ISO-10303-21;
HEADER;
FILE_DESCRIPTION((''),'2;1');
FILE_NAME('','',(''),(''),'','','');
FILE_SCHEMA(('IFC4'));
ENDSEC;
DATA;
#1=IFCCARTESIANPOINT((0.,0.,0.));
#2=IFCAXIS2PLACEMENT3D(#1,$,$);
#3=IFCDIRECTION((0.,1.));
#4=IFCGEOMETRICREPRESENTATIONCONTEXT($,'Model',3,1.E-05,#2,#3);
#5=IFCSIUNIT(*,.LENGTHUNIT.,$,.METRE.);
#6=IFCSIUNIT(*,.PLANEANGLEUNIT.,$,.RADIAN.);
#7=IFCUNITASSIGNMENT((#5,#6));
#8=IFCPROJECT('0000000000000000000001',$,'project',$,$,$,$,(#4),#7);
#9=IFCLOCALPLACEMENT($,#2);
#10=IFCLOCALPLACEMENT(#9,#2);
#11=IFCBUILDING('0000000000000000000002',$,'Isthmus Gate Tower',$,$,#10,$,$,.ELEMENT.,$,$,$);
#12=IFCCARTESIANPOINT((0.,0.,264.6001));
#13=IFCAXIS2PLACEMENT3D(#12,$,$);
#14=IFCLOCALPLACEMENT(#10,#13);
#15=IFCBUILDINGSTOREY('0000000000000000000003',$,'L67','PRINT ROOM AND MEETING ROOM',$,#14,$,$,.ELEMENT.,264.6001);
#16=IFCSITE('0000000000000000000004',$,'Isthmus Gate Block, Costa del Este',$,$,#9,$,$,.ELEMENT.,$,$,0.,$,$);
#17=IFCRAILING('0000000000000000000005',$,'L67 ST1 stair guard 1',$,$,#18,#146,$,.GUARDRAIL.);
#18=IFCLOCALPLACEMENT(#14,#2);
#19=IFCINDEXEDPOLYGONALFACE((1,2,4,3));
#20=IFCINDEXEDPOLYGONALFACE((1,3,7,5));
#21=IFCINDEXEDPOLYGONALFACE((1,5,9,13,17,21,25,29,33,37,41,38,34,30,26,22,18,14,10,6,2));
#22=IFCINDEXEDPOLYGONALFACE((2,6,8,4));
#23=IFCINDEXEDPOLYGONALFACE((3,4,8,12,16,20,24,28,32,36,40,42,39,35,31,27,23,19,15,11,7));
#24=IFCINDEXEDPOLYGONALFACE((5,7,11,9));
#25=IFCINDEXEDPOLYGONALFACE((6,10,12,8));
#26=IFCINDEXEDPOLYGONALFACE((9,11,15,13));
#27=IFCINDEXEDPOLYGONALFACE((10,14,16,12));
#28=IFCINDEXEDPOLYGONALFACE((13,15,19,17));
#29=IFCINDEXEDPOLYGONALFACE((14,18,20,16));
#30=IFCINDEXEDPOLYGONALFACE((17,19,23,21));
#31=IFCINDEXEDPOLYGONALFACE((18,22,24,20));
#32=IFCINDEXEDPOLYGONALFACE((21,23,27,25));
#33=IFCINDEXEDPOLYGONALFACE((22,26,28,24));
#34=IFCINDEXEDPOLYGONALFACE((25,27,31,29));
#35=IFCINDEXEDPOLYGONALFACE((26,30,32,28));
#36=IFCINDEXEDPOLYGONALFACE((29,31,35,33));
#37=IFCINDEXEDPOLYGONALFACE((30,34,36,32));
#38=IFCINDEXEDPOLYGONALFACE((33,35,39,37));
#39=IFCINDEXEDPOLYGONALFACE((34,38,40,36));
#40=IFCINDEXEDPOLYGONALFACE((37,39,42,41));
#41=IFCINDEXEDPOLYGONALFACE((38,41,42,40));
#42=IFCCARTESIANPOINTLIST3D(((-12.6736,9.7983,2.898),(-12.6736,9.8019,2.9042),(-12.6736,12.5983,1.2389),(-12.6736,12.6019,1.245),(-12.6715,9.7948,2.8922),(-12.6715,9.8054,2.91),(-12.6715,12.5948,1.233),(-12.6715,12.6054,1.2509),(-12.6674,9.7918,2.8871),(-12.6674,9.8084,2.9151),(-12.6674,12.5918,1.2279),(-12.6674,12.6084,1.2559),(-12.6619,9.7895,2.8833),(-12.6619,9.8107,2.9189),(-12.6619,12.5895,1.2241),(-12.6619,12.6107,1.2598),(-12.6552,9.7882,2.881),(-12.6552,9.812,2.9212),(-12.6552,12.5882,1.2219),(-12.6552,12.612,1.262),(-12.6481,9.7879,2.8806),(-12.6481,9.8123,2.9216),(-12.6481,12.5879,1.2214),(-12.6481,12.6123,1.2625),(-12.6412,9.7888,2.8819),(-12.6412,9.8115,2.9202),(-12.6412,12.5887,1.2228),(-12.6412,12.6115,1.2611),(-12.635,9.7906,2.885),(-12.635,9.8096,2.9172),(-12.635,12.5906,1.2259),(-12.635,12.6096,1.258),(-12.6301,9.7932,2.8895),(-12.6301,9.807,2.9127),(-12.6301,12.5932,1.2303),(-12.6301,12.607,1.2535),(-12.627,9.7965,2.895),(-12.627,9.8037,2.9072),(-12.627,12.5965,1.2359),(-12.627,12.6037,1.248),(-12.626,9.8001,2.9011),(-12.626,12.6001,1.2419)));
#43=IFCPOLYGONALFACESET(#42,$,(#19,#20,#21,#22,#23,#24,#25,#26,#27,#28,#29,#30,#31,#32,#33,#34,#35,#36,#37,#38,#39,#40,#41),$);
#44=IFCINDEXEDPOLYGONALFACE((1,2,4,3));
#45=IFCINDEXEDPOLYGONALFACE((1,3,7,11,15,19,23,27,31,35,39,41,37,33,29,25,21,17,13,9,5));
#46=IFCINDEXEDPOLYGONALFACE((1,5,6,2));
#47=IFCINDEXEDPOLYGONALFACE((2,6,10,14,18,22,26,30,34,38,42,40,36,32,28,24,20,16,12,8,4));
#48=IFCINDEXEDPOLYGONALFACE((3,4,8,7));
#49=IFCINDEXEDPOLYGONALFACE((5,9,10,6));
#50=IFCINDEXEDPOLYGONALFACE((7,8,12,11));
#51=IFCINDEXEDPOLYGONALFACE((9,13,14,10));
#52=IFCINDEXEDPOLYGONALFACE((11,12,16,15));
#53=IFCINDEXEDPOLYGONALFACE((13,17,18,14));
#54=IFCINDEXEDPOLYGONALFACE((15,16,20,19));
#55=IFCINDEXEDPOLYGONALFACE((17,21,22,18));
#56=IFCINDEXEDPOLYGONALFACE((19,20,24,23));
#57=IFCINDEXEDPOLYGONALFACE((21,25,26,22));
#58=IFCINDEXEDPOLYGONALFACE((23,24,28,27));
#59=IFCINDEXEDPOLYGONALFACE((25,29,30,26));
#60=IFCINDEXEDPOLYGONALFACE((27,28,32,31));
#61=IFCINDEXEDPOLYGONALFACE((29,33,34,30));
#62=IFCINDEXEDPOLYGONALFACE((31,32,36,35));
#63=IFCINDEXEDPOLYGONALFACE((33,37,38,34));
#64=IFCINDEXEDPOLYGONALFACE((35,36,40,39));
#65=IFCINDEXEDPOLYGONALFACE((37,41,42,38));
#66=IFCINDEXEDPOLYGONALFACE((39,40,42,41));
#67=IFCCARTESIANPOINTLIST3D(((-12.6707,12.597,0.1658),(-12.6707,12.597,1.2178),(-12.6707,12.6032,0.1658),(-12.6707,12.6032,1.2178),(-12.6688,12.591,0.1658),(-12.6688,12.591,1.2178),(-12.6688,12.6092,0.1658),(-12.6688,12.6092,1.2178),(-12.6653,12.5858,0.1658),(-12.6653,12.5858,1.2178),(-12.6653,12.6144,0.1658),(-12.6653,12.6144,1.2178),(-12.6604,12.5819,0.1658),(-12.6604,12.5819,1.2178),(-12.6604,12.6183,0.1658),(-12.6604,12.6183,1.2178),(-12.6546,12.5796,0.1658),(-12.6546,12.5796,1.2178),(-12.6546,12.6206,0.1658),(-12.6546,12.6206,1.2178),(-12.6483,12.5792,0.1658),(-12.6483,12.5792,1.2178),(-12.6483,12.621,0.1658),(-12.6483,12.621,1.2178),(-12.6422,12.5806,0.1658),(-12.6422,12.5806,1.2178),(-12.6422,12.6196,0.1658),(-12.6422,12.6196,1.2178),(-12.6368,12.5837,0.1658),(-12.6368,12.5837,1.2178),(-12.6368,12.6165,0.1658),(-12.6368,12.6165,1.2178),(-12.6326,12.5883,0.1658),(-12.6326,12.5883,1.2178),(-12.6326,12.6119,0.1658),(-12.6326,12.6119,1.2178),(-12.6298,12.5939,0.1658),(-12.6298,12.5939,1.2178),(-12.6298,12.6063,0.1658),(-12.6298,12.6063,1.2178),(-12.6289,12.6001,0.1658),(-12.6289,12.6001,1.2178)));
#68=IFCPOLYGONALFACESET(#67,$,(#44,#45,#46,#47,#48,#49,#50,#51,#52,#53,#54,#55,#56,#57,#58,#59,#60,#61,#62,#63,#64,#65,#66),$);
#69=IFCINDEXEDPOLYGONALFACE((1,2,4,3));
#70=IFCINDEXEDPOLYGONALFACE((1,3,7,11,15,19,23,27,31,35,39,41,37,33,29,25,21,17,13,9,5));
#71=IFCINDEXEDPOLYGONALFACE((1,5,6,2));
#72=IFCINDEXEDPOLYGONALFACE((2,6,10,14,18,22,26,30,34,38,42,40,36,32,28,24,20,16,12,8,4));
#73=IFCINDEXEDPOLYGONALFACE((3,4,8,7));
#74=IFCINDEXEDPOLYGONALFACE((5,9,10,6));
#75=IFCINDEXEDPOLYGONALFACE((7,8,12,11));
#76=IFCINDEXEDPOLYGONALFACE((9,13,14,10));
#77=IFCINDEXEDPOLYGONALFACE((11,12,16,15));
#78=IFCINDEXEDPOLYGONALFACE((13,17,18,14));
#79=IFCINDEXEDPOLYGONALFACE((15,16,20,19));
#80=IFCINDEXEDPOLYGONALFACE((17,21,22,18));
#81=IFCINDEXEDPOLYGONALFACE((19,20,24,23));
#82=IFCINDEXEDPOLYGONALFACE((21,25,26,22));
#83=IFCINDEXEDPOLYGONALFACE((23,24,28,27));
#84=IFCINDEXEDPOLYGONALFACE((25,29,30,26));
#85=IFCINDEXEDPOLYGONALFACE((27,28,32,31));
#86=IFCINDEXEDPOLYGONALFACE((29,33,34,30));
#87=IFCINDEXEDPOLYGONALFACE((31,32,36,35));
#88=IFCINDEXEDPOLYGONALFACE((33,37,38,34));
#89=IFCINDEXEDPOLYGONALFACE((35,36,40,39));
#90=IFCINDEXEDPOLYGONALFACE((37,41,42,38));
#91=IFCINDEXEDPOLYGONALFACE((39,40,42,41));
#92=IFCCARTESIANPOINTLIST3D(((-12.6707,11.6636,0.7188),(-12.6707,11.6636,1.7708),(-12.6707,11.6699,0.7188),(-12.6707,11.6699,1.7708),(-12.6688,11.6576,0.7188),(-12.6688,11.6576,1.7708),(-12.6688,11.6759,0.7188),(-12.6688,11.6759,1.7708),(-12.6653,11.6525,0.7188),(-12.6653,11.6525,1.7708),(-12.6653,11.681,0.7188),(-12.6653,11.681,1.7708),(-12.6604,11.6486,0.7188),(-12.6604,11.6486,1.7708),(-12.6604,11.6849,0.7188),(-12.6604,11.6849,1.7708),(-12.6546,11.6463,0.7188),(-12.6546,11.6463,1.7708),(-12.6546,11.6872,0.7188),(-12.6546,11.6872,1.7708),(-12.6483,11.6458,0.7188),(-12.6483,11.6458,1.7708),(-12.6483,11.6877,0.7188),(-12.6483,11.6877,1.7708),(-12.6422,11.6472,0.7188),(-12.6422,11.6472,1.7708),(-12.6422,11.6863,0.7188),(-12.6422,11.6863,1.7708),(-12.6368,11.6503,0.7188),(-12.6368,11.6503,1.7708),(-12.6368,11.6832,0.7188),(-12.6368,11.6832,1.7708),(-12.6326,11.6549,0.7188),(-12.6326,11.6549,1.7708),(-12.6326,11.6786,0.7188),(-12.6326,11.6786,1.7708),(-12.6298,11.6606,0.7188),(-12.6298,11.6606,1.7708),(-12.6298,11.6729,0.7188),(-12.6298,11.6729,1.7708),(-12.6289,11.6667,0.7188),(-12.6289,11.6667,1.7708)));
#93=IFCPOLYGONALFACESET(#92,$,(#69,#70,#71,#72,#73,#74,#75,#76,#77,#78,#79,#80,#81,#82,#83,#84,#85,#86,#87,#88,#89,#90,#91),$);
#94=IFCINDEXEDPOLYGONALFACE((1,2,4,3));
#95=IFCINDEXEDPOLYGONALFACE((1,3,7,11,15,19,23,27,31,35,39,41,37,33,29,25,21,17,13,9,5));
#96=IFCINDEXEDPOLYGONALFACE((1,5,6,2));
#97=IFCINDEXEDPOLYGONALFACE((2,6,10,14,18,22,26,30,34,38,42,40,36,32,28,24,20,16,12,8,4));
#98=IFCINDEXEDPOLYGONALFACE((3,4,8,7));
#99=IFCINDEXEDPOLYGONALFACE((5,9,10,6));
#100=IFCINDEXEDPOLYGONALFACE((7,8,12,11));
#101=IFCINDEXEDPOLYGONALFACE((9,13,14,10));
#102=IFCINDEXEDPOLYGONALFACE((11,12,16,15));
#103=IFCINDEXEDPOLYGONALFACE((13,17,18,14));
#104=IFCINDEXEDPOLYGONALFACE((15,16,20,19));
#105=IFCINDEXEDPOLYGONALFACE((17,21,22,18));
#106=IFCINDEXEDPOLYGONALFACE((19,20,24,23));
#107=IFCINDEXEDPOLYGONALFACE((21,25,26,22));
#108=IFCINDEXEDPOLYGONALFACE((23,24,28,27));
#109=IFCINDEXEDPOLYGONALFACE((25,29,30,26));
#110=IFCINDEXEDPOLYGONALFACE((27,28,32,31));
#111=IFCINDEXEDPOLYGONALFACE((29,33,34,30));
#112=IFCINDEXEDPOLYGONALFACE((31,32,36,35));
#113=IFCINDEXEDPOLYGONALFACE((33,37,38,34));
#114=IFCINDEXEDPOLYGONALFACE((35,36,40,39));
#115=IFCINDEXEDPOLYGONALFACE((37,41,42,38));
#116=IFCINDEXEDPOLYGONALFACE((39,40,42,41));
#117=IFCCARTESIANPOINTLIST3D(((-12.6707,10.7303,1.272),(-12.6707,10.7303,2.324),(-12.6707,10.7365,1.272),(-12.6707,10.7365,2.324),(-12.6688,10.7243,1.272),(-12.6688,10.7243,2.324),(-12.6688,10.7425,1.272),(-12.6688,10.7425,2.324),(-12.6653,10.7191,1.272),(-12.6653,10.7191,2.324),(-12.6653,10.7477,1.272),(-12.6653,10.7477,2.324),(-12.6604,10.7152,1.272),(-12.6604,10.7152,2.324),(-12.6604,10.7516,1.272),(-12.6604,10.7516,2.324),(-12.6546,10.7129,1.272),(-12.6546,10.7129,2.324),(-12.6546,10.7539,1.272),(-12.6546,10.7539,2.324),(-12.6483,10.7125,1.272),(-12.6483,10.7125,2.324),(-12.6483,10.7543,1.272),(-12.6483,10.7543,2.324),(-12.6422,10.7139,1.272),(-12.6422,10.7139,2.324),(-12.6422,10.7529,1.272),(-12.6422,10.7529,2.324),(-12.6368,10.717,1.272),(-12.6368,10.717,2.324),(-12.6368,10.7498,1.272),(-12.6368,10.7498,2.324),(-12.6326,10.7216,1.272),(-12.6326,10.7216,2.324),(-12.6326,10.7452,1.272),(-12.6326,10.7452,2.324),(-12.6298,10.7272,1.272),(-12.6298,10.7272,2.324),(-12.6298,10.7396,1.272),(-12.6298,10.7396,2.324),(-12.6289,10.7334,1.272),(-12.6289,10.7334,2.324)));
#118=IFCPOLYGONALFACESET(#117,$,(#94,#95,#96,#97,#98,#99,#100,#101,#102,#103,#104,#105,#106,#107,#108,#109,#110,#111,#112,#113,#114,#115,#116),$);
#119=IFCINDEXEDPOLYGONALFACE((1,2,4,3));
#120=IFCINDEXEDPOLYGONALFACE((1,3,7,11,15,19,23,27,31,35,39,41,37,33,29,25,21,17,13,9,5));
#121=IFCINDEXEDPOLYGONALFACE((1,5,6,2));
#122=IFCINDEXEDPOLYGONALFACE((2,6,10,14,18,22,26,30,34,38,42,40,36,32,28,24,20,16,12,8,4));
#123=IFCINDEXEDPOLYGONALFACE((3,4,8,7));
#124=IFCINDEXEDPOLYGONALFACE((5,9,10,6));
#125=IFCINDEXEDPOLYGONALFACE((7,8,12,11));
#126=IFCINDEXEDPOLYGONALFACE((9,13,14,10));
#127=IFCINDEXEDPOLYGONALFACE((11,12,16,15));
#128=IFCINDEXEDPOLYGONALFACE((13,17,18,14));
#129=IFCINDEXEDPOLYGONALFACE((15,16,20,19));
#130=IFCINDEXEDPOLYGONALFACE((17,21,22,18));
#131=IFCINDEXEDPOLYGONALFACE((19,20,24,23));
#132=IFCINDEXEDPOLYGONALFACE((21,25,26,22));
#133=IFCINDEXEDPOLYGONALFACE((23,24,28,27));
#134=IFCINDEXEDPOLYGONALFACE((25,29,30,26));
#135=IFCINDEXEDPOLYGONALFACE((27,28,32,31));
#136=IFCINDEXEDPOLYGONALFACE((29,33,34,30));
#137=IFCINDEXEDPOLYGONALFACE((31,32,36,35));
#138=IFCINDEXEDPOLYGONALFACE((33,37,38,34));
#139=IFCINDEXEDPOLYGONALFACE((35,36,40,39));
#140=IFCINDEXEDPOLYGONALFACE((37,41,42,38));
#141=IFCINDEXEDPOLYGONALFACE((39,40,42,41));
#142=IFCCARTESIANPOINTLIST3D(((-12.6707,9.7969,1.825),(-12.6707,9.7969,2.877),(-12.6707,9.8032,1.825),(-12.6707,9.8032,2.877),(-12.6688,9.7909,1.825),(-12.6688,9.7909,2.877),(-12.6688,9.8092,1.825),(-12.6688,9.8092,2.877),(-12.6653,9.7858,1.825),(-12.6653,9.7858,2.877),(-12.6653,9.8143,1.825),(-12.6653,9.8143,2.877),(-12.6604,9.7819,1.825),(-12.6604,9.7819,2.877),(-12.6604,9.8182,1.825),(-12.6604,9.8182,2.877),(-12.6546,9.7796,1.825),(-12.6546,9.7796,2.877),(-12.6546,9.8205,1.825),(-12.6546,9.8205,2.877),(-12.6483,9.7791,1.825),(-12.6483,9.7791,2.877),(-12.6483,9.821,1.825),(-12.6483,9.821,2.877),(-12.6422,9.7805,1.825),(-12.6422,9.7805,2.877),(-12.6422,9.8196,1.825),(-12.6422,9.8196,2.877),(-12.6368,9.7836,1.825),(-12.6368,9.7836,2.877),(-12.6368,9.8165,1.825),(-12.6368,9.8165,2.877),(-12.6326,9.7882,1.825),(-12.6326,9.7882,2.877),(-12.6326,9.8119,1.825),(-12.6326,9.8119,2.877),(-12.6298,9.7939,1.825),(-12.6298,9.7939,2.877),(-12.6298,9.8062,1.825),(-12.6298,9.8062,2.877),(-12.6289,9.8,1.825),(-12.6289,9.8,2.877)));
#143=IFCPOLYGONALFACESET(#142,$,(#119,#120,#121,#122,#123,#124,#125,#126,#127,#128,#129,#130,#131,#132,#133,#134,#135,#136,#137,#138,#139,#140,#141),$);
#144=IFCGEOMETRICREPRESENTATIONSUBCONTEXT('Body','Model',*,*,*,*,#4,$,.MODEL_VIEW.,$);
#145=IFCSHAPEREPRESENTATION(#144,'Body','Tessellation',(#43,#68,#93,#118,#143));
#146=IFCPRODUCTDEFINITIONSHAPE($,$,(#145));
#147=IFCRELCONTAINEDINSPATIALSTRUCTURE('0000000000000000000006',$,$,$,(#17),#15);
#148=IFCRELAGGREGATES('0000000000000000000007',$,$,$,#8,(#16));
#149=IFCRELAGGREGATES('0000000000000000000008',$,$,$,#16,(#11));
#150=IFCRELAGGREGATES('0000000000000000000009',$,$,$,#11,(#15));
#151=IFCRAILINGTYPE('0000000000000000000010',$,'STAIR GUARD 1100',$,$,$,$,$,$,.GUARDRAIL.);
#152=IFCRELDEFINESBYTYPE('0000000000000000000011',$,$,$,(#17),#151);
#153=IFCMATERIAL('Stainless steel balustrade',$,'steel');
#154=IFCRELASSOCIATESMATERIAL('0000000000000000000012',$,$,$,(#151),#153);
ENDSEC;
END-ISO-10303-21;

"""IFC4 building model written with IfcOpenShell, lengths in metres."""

from ifc_helpers import new_model, si_unit, direction, frame, origin, origin_2d, place, context, subcontext, project, spatial, circle, extrude, material, type_object, element, save


model = new_model("IFC4")

# Units and contexts
model_context = context("Model", 3, precision=1e-05, world=origin(), true_north=direction((0.0, 1.0)))
body_context = subcontext(model_context, "Body", "Model", "MODEL_VIEW")
ifc_project = project(units=[si_unit("LENGTHUNIT", "METRE"), si_unit("PLANEANGLEUNIT", "RADIAN")], contexts=[model_context])

# Site, building, storey
site_placement = place(None, origin())
site = spatial("IfcSite", under=ifc_project, at=site_placement, Name="Isthmus Gate Block, Costa del Este", CompositionType="ELEMENT", RefElevation=0.0)
building_placement = place(site_placement, origin())
building = spatial("IfcBuilding", under=site, at=building_placement, Name="Isthmus Gate Tower", CompositionType="ELEMENT")
storey_placement = place(building_placement, frame((0.0, 0.0, 264.6001)))
storey = spatial("IfcBuildingStorey", under=building, at=storey_placement, Name="L67", Description="PRINT ROOM AND MEETING ROOM", CompositionType="ELEMENT", Elevation=264.6001)

# Railing
ifc_material_1 = material(Name="Stainless steel balustrade", Category="steel")
railing_type_1 = type_object("IfcRailingType", Name="STAIR GUARD 1100", PredefinedType="GUARDRAIL", material=ifc_material_1)
railing_1_placement = place(storey_placement, frame((-12.6499, 12.6001, 0.1658)))
element("IfcRailing", 1, at=railing_1_placement, inside=storey, type_object=railing_type_1, Name="L67 ST1 stair guard 1", PredefinedType="GUARDRAIL", context=body_context, shape_type="SweptSolid", body=[
    extrude(circle(Radius=0.0239, at=origin_2d()), frame((0.0, 0.0, 1.0762), z_axis=(0.0, -0.860306, 0.509778), x_axis=(1.0, 0.0, 0.0)), (0.0, 0.0, 1.0), 3.2546),
    extrude(circle(Radius=0.021, at=origin_2d()), origin(), (0.0, 0.0, 1.0), 1.052),
    extrude(circle(Radius=0.021, at=origin_2d()), frame((0.0, -0.9333, 0.553)), (0.0, 0.0, 1.0), 1.052),
    extrude(circle(Radius=0.021, at=origin_2d()), frame((0.0, -1.8667, 1.1062)), (0.0, 0.0, 1.0), 1.052),
    extrude(circle(Radius=0.021, at=origin_2d()), frame((0.0, -2.8, 1.6592)), (0.0, 0.0, 1.0), 1.052),
])

save(model, "model.ifc")
